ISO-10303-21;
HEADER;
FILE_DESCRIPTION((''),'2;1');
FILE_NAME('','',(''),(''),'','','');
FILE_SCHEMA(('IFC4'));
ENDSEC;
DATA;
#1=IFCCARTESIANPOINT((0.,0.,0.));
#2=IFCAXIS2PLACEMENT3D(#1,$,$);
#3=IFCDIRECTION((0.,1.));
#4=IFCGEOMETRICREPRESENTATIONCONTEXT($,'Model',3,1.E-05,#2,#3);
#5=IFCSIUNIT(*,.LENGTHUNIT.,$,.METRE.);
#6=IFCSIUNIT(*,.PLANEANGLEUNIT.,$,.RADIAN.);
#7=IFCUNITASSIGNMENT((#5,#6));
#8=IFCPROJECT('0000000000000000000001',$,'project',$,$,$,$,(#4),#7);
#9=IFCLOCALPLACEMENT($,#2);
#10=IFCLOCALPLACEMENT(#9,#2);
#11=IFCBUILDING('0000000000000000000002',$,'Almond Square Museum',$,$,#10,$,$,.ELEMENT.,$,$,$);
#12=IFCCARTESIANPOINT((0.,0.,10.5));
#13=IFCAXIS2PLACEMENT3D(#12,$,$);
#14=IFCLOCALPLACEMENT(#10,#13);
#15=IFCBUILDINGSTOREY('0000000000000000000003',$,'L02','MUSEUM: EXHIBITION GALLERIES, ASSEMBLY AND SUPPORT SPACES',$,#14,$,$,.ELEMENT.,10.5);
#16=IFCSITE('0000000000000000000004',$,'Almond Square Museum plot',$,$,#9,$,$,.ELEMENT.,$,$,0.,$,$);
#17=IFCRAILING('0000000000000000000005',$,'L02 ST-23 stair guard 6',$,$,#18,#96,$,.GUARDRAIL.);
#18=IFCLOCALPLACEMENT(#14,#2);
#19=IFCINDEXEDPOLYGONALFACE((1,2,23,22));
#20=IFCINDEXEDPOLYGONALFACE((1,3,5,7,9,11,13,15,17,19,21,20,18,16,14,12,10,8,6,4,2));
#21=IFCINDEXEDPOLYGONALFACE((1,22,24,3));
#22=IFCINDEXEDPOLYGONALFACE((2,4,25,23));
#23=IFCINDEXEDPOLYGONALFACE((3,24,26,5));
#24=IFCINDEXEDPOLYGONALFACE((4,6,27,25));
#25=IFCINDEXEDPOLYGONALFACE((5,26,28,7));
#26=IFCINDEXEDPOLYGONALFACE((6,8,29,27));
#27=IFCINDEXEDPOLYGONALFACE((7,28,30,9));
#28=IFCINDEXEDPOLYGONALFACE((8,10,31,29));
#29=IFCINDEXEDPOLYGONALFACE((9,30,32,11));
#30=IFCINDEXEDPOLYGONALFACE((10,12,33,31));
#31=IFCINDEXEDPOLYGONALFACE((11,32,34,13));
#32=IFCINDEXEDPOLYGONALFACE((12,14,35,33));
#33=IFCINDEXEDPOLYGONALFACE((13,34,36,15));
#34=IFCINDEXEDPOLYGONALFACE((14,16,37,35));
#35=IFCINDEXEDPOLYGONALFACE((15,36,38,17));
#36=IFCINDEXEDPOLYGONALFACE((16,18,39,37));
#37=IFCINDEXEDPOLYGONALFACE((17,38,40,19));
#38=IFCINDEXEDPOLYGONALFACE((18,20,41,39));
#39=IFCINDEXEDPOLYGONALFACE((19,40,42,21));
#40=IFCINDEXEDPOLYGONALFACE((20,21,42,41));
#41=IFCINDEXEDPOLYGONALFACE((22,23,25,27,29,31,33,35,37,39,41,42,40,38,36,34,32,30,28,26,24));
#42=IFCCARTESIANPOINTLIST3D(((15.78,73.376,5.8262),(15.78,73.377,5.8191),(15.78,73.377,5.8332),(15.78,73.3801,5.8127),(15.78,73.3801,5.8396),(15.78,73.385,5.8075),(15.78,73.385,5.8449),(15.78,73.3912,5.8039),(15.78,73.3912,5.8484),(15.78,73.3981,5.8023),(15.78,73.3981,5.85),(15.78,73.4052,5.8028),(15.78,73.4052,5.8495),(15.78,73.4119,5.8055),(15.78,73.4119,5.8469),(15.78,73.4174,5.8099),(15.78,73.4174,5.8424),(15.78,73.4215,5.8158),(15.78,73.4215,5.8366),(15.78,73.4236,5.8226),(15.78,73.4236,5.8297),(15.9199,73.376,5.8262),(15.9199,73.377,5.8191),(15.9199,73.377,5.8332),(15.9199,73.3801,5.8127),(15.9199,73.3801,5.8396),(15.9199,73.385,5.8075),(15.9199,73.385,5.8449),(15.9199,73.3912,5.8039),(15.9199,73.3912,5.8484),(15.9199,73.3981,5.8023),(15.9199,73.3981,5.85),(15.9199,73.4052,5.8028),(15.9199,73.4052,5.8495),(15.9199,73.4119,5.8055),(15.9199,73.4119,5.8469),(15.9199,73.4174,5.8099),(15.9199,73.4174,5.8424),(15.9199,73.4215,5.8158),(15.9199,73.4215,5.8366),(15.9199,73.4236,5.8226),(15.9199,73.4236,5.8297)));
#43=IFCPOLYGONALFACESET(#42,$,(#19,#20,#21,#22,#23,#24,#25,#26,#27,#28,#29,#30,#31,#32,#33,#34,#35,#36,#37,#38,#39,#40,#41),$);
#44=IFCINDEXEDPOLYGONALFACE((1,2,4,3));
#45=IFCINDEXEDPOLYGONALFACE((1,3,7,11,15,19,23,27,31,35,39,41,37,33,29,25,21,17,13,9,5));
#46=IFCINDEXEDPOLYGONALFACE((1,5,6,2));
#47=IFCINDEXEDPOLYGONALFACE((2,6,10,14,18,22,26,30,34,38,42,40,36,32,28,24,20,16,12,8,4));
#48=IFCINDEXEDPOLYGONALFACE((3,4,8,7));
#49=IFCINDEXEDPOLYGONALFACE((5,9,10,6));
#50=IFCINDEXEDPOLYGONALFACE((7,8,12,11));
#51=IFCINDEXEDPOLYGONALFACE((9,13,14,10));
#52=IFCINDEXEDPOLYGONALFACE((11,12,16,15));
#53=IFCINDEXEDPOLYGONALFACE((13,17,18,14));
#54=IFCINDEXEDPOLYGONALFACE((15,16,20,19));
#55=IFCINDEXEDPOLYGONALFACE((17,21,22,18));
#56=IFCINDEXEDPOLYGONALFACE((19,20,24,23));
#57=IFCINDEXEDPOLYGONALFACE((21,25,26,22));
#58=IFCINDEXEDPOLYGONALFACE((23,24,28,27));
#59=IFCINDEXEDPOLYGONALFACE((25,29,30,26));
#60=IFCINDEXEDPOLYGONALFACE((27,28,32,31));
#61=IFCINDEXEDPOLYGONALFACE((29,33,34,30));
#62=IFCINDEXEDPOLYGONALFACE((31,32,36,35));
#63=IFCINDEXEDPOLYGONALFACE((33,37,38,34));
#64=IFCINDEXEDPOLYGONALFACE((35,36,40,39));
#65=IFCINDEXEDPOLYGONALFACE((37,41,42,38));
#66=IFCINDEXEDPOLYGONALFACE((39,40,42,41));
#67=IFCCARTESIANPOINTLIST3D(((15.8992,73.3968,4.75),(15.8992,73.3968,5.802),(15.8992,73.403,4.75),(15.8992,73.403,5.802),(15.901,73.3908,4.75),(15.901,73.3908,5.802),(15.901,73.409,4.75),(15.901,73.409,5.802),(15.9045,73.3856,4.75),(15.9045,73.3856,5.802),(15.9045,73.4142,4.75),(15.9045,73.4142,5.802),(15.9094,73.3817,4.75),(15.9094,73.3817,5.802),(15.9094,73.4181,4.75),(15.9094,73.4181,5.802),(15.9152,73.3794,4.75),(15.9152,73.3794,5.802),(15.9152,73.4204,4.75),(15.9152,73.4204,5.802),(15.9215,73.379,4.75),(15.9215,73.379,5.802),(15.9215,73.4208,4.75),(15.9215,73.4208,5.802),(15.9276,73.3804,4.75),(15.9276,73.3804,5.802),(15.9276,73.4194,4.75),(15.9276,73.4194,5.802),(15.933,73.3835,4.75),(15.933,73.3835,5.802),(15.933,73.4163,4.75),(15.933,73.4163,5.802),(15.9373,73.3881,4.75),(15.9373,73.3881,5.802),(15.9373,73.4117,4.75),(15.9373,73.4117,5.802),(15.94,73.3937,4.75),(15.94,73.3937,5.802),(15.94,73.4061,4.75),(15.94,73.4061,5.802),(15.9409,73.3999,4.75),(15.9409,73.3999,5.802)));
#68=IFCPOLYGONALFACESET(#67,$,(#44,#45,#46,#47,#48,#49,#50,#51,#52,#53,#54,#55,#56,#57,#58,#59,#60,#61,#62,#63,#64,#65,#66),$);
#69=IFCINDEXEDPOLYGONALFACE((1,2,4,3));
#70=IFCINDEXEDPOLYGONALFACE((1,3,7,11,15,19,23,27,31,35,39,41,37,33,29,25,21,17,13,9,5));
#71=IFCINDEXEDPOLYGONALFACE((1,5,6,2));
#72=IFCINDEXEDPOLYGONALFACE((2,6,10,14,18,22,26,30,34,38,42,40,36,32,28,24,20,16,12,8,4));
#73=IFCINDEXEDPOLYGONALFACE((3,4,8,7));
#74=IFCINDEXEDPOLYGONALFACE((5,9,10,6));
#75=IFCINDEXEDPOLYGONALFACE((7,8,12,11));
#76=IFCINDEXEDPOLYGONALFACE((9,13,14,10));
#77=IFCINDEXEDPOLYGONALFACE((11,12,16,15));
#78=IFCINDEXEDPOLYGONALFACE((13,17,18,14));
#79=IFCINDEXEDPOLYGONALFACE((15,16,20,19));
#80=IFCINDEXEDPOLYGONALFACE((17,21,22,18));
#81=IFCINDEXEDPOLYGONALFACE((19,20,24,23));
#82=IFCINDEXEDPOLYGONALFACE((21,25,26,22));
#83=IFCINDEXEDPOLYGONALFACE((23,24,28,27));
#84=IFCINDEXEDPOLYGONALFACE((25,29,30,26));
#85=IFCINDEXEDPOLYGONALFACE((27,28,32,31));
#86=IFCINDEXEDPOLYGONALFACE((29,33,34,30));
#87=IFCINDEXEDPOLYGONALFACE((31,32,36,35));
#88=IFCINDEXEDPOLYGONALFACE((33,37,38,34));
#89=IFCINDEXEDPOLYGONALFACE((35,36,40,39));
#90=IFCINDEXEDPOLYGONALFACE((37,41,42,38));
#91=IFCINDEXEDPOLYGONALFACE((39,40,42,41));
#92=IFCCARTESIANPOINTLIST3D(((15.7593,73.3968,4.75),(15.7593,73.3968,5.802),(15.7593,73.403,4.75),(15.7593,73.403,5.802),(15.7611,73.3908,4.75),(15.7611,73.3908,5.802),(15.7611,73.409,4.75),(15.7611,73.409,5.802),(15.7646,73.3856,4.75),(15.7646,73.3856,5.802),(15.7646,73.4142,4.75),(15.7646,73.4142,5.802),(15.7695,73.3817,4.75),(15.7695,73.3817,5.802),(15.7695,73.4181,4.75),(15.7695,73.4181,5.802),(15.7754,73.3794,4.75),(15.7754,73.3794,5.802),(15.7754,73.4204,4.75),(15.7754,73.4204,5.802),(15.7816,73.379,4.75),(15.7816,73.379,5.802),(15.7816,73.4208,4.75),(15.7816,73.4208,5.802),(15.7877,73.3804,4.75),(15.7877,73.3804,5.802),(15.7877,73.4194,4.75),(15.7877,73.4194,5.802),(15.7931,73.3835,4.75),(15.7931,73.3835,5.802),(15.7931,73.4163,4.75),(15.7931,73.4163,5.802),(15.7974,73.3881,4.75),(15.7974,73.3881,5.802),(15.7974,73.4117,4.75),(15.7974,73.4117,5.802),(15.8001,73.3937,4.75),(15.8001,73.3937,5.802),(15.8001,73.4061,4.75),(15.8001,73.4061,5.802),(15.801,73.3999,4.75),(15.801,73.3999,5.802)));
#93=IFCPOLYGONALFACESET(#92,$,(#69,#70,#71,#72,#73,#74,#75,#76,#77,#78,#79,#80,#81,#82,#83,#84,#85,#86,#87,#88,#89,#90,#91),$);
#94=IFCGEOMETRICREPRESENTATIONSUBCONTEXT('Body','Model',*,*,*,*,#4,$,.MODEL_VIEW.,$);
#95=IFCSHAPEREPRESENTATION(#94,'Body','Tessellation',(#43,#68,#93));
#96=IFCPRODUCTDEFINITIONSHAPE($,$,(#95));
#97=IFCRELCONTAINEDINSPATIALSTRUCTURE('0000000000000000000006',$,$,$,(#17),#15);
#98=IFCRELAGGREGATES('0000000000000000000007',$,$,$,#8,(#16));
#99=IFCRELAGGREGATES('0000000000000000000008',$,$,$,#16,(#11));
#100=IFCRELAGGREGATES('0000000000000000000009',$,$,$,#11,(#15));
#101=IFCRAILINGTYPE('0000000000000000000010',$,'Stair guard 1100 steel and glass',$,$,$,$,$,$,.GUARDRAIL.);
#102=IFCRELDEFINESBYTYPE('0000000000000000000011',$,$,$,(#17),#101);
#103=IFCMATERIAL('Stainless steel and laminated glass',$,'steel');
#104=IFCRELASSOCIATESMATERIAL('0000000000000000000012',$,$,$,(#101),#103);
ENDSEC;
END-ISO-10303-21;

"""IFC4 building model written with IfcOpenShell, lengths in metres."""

from ifc_helpers import new_model, si_unit, direction, frame, origin, origin_2d, place, context, subcontext, project, spatial, circle, extrude, material, type_object, element, save


model = new_model("IFC4")

# Units and contexts
model_context = context("Model", 3, precision=1e-05, world=origin(), true_north=direction((0.0, 1.0)))
body_context = subcontext(model_context, "Body", "Model", "MODEL_VIEW")
ifc_project = project(units=[si_unit("LENGTHUNIT", "METRE"), si_unit("PLANEANGLEUNIT", "RADIAN")], contexts=[model_context])

# Site, building, storey
site_placement = place(None, origin())
site = spatial("IfcSite", under=ifc_project, at=site_placement, Name="Almond Square Museum plot", CompositionType="ELEMENT", RefElevation=0.0)
building_placement = place(site_placement, origin())
building = spatial("IfcBuilding", under=site, at=building_placement, Name="Almond Square Museum", CompositionType="ELEMENT")
storey_placement = place(building_placement, frame((0.0, 0.0, 10.5)))
storey = spatial("IfcBuildingStorey", under=building, at=storey_placement, Name="L02", Description="MUSEUM: EXHIBITION GALLERIES, ASSEMBLY AND SUPPORT SPACES", CompositionType="ELEMENT", Elevation=10.5)

# Railing
ifc_material_1 = material(Name="Stainless steel and laminated glass", Category="steel")
railing_type_1 = type_object("IfcRailingType", Name="Stair guard 1100 steel and glass", PredefinedType="GUARDRAIL", material=ifc_material_1)
railing_1_placement = place(storey_placement, frame((15.9199, 73.3999, 4.75)))
element("IfcRailing", 1, at=railing_1_placement, inside=storey, type_object=railing_type_1, Name="L02 ST-23 stair guard 6", PredefinedType="GUARDRAIL", context=body_context, shape_type="SweptSolid", body=[
    extrude(circle(Radius=0.0239, at=origin_2d()), frame((0.0, 0.0, 1.0762), z_axis=(-1.0, 0.0, 0.0), x_axis=(0.0, -1.0, 0.0)), (0.0, 0.0, 1.0), 0.1399),
    extrude(circle(Radius=0.021, at=origin_2d()), origin(), (0.0, 0.0, 1.0), 1.052),
    extrude(circle(Radius=0.021, at=origin_2d()), frame((-0.1399, 0.0, 0.0)), (0.0, 0.0, 1.0), 1.052),
])

save(model, "model.ifc")
